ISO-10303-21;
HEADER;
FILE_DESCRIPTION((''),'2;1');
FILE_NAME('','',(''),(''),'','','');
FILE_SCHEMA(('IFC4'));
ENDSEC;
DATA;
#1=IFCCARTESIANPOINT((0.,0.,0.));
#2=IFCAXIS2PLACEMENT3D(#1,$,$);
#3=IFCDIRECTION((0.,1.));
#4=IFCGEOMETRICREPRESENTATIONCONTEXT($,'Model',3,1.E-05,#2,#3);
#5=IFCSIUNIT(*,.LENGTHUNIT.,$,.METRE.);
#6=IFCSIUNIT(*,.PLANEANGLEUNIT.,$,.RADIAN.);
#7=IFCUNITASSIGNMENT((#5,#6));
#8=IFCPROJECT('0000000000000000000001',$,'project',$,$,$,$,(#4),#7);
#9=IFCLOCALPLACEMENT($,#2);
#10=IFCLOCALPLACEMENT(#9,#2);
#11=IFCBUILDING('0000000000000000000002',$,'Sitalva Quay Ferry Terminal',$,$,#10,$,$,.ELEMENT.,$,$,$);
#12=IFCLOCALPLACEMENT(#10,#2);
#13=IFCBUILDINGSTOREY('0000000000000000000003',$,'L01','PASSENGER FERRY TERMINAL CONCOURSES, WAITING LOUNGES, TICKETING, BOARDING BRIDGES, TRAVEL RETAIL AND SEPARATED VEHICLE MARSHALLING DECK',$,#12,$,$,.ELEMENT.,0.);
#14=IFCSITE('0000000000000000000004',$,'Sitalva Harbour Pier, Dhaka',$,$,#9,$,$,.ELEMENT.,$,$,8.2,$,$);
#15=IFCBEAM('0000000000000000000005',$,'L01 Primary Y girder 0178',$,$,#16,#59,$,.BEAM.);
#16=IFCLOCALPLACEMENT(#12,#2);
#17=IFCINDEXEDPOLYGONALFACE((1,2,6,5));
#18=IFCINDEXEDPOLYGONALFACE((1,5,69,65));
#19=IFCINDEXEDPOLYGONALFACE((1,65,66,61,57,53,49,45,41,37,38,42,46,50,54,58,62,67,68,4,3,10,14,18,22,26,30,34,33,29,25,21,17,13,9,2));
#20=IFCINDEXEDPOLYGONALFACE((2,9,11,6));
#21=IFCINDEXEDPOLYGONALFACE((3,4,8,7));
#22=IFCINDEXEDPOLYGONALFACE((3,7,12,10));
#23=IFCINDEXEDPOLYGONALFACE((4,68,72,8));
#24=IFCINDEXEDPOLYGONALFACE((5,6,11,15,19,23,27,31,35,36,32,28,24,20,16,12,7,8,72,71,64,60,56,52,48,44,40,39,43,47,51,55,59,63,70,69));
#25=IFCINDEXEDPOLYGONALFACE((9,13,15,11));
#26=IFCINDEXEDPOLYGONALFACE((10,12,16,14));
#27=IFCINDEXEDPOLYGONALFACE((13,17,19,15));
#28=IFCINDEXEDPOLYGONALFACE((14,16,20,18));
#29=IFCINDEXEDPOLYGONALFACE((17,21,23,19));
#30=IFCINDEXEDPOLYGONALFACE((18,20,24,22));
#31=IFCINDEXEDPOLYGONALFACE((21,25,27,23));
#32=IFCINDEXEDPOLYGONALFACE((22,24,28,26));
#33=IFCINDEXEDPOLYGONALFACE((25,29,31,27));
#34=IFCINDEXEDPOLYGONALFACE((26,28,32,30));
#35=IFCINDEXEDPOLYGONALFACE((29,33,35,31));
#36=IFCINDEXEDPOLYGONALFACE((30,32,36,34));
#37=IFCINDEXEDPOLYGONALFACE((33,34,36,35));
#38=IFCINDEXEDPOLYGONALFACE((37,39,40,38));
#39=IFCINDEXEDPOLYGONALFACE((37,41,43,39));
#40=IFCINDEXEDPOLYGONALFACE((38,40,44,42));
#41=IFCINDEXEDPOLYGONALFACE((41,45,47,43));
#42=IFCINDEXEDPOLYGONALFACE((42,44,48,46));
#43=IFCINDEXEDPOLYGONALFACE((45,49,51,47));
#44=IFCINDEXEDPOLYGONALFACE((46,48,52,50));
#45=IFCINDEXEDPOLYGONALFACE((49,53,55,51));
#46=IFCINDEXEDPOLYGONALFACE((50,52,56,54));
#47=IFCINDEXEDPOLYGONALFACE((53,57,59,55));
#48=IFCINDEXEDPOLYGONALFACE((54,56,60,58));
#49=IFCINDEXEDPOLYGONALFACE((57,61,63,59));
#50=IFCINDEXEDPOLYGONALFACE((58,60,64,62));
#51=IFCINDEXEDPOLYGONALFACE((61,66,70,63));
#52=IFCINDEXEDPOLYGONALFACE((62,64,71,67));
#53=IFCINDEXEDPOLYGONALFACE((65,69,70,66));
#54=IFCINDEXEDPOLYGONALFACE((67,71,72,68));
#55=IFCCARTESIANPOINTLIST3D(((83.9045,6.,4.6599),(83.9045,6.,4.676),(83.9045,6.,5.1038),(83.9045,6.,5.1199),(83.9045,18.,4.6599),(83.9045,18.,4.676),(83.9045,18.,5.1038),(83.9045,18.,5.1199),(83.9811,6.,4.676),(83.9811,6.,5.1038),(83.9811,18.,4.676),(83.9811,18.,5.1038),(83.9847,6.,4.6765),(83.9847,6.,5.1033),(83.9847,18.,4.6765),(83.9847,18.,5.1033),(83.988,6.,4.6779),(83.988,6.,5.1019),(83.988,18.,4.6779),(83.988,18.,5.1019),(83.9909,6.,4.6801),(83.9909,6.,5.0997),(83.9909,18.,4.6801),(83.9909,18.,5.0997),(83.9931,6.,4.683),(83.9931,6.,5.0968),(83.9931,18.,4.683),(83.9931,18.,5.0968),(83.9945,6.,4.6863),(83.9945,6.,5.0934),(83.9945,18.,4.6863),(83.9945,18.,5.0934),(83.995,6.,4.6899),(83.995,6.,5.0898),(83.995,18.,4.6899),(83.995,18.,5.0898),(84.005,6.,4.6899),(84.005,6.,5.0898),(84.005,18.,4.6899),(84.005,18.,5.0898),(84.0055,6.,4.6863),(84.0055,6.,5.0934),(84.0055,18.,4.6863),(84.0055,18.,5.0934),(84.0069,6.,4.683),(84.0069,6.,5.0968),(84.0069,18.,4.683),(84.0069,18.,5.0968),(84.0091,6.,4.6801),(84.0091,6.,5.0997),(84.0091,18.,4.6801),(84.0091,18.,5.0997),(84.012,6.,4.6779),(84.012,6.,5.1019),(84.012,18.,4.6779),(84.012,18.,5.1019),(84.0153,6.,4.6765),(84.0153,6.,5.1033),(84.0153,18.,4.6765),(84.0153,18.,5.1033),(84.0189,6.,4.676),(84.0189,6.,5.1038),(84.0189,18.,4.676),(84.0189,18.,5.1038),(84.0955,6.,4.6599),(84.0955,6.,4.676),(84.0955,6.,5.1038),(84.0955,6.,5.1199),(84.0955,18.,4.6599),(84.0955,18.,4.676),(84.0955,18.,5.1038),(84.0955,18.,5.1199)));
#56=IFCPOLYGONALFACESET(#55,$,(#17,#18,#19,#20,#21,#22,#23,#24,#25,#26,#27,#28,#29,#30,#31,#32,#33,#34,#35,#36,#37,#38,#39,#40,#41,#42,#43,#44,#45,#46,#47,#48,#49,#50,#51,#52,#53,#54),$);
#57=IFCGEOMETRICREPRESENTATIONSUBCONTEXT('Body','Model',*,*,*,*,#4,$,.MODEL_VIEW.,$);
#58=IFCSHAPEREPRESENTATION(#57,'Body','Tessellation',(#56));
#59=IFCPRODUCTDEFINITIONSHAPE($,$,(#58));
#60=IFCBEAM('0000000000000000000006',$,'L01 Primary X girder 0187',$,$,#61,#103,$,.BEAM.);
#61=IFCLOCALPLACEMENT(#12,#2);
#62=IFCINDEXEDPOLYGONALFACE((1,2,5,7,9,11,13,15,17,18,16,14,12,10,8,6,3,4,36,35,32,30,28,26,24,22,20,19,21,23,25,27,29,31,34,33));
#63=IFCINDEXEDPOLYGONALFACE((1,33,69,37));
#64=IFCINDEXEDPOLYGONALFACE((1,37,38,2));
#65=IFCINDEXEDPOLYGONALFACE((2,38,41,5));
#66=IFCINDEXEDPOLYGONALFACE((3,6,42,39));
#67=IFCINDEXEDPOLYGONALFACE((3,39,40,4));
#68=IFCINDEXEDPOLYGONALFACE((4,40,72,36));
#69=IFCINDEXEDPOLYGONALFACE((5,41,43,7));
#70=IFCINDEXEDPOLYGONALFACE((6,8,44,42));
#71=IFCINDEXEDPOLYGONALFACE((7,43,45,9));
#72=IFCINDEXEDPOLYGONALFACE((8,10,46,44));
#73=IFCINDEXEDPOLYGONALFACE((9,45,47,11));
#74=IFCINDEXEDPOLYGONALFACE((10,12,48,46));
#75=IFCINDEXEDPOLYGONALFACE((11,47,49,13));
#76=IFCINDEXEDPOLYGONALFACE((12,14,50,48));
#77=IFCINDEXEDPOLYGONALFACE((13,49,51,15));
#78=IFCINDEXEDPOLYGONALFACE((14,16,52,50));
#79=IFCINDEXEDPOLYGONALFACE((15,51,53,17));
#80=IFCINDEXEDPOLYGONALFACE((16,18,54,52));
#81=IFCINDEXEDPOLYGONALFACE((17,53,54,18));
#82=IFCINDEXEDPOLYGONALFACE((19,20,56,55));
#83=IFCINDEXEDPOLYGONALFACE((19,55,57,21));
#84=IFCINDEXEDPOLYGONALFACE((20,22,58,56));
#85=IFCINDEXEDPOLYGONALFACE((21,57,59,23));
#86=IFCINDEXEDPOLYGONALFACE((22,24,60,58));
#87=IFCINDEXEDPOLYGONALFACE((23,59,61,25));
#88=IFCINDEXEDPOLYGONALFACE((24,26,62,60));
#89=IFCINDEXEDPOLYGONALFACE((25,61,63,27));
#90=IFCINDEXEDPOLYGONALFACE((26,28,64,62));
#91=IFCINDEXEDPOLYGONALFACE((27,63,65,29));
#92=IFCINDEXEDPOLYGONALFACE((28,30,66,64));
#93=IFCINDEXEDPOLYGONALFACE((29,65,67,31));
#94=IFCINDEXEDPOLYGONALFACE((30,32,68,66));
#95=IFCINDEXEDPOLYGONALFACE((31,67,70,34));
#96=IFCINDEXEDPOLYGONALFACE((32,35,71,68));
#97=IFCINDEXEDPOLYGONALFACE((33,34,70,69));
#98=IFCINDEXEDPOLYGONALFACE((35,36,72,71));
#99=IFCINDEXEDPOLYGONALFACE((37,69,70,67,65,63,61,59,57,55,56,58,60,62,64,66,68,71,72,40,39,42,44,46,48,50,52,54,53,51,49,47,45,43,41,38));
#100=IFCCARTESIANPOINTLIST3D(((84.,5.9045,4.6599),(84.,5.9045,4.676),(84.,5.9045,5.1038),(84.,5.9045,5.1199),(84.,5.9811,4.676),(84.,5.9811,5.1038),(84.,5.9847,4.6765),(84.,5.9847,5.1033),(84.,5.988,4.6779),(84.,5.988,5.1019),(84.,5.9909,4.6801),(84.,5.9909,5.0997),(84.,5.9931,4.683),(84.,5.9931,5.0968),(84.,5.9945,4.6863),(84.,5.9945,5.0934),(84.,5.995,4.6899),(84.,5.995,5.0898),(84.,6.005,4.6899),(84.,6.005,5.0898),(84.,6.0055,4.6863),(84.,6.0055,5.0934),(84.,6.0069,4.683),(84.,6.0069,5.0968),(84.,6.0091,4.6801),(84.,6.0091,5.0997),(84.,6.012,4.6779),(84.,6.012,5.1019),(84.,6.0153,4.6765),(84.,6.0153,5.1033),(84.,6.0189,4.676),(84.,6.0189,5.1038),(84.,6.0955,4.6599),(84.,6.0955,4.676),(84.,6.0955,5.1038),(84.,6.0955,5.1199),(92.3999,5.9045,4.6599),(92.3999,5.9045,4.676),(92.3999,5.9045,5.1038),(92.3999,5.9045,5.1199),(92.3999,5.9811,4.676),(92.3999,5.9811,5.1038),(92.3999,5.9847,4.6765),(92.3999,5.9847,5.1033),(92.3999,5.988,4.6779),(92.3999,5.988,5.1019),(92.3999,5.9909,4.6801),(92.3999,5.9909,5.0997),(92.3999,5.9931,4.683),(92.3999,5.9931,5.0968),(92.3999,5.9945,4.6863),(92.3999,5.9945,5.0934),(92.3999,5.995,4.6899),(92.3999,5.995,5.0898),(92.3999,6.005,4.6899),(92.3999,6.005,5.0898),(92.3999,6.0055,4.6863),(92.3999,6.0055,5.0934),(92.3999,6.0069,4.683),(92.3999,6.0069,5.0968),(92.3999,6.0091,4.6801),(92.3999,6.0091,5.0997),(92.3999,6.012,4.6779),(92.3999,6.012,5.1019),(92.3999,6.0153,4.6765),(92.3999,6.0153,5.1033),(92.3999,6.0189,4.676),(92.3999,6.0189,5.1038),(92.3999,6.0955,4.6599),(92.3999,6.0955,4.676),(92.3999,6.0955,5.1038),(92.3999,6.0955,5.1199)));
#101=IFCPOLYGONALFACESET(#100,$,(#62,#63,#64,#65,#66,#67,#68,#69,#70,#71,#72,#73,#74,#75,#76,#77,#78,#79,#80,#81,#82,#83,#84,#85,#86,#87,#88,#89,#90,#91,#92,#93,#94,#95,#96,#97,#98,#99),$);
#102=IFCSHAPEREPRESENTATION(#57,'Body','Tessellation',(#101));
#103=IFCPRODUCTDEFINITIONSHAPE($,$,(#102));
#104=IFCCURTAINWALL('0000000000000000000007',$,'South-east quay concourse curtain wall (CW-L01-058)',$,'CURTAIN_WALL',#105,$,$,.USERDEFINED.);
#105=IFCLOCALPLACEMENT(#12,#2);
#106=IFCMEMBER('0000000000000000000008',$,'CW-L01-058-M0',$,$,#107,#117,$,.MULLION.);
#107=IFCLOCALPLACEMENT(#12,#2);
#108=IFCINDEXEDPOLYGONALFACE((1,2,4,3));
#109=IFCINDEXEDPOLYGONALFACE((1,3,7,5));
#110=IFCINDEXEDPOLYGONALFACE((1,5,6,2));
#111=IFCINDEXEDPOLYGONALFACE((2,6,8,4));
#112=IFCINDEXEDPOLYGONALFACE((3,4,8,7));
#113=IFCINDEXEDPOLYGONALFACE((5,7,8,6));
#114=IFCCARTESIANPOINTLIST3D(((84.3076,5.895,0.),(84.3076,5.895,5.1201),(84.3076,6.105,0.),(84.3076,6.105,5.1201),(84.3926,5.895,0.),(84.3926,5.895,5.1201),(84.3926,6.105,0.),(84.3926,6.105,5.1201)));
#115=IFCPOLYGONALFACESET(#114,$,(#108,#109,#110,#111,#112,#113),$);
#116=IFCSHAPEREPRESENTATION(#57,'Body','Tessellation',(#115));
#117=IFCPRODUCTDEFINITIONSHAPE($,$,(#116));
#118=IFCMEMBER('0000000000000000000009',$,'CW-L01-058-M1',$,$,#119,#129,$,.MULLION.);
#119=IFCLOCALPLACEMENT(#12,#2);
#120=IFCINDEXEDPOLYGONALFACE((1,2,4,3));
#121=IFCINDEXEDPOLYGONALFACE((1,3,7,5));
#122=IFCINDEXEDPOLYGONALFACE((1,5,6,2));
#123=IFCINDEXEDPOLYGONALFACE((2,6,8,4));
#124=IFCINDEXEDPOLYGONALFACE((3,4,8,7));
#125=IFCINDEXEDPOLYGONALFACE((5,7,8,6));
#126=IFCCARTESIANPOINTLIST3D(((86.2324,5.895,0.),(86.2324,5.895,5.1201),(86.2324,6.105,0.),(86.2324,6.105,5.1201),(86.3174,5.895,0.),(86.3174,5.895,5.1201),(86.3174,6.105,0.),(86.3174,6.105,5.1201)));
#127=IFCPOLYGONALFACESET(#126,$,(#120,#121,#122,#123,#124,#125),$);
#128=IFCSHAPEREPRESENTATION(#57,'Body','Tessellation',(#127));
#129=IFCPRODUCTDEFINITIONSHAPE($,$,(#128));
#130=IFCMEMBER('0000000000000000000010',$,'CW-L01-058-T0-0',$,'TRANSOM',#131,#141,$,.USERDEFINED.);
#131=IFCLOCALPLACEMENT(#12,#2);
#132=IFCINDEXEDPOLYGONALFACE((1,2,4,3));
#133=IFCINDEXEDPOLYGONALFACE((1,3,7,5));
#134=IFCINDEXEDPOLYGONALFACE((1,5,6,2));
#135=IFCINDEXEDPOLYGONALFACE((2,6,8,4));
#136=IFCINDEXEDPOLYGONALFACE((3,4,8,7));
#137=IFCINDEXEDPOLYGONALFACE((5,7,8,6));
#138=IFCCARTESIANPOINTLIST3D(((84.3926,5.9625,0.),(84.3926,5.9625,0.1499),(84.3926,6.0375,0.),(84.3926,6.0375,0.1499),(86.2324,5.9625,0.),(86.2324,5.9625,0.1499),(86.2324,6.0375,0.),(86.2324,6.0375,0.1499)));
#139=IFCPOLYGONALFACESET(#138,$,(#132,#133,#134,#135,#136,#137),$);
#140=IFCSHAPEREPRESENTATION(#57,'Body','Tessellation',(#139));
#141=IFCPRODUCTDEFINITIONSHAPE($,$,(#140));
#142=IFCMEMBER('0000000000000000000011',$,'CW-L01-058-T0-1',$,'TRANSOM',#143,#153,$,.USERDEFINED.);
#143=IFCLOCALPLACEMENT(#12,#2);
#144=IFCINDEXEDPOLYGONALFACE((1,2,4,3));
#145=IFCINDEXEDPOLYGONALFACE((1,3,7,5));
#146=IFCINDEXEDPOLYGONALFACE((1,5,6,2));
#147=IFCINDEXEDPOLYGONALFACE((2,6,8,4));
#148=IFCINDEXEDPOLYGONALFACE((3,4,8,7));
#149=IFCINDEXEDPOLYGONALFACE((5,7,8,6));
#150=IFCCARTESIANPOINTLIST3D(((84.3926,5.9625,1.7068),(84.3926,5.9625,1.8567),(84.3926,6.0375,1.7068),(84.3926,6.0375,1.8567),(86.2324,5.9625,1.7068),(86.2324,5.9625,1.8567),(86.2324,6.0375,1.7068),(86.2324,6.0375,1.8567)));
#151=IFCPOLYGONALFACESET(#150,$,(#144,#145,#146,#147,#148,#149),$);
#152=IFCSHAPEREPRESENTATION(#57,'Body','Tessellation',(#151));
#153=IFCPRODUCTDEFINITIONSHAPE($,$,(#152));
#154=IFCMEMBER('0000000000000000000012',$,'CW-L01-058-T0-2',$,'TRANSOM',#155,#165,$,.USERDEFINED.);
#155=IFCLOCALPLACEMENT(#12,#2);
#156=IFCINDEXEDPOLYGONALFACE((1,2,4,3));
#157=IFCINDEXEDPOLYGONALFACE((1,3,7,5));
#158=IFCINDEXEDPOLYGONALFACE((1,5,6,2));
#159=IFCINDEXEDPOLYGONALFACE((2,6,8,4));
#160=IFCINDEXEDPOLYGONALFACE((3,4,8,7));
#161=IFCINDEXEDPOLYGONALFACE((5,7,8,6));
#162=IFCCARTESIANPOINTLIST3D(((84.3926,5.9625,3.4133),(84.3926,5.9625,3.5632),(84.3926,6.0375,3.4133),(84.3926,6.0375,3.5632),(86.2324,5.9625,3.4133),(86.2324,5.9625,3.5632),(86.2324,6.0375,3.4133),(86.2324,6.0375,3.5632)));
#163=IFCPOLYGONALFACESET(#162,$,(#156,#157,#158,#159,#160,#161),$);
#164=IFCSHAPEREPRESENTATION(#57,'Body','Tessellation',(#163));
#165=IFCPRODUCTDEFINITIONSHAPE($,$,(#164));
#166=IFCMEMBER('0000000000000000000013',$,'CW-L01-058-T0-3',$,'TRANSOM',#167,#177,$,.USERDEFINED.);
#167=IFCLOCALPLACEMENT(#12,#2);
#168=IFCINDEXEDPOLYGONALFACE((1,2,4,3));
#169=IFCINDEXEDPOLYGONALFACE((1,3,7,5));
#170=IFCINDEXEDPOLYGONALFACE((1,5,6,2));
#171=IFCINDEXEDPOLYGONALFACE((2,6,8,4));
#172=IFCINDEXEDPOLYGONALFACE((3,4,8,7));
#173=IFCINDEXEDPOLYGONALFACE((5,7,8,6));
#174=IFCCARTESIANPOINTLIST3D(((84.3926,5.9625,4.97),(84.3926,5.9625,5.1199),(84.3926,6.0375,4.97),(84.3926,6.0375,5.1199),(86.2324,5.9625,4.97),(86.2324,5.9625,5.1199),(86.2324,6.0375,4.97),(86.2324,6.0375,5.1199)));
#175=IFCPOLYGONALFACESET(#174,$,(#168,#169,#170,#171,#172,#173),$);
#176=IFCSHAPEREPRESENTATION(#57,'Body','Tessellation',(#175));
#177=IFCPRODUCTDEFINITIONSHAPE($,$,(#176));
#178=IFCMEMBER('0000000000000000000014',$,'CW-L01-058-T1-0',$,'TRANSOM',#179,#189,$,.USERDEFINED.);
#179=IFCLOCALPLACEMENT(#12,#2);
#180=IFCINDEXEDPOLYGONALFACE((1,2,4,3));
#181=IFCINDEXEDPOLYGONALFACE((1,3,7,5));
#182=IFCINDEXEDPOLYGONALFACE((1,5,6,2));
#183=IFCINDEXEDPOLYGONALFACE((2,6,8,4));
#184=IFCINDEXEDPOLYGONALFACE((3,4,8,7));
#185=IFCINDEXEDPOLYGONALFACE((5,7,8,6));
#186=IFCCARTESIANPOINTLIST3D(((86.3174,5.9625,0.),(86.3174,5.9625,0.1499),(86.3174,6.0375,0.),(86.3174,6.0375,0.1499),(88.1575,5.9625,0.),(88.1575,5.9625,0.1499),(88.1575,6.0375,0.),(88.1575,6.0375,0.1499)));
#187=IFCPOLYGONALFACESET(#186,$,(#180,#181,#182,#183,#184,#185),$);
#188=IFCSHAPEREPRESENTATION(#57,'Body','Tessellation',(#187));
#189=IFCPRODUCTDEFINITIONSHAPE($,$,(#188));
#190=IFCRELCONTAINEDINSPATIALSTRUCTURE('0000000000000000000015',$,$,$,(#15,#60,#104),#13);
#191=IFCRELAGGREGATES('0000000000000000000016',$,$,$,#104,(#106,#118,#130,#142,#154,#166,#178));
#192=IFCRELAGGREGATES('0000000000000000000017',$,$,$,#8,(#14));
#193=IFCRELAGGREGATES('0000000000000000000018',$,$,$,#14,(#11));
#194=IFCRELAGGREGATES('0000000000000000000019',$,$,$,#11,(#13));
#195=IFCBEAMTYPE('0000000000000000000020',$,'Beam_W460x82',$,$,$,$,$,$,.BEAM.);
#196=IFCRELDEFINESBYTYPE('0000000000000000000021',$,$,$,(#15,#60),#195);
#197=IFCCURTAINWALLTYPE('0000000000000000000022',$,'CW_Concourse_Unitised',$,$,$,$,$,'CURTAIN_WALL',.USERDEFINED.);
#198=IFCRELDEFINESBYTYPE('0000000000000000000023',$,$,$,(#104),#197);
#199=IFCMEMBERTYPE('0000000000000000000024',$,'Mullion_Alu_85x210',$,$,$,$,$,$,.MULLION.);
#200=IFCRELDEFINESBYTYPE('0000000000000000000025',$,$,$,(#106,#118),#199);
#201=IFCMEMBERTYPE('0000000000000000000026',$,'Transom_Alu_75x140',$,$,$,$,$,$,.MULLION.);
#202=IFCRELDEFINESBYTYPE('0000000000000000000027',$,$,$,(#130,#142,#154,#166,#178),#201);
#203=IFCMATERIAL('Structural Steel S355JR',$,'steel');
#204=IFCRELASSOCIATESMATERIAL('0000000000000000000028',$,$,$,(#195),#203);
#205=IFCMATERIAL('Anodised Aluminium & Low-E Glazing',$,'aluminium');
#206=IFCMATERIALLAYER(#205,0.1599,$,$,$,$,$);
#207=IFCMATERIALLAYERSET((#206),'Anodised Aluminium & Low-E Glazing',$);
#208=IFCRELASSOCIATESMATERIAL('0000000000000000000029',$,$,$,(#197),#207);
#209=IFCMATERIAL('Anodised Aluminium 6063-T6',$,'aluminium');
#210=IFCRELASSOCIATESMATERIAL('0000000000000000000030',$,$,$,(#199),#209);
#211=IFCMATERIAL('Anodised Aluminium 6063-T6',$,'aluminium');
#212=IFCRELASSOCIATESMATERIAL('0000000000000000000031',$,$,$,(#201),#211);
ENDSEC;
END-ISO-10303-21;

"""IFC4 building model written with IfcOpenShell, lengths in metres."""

from ifc_helpers import new_model, si_unit, direction, frame, origin, origin_2d, place, context, subcontext, project, spatial, rectangle, i_section, extrude, material, layer, layer_set, material_profile, profile_set, type_object, element, aggregate, save


model = new_model("IFC4")

# Units and contexts
model_context = context("Model", 3, precision=1e-05, world=origin(), true_north=direction((0.0, 1.0)))
body_context = subcontext(model_context, "Body", "Model", "MODEL_VIEW")
ifc_project = project(units=[si_unit("LENGTHUNIT", "METRE"), si_unit("PLANEANGLEUNIT", "RADIAN")], contexts=[model_context])

# Site, building, storey
site_placement = place(None, origin())
site = spatial("IfcSite", under=ifc_project, at=site_placement, Name="Sitalva Harbour Pier, Dhaka", CompositionType="ELEMENT", RefElevation=8.2)
building_placement = place(site_placement, origin())
building = spatial("IfcBuilding", under=site, at=building_placement, Name="Sitalva Quay Ferry Terminal", CompositionType="ELEMENT")
storey_placement = place(building_placement, origin())
storey = spatial("IfcBuildingStorey", under=building, at=storey_placement, Name="L01", Description="PASSENGER FERRY TERMINAL CONCOURSES, WAITING LOUNGES, TICKETING, BOARDING BRIDGES, TRAVEL RETAIL AND SEPARATED VEHICLE MARSHALLING DECK", CompositionType="ELEMENT", Elevation=0.0)

# Beams
ifc_material_1 = material(Name="Structural Steel S355JR", Category="steel")
ifc_material_profile_1 = material_profile(ifc_material_1, i_section(OverallWidth=0.1909, OverallDepth=0.46, WebThickness=0.01, FlangeThickness=0.0161, FilletRadius=0.0139, at=origin_2d()), Name="W460x82")
ifc_profile_set_1 = profile_set([ifc_material_profile_1], Name="Structural Steel S355JR")
beam_type = type_object("IfcBeamType", Name="Beam_W460x82", PredefinedType="BEAM", material=ifc_profile_set_1)
beam_1_placement = place(storey_placement, frame((84.0, 6.0, 4.8899), z_axis=(0.0, 1.0, 0.0), x_axis=(-1.0, 0.0, 0.0)))
element("IfcBeam", 1, at=beam_1_placement, inside=storey, type_object=beam_type, Name="L01 Primary Y girder 0178", PredefinedType="BEAM", context=body_context, shape_type="SweptSolid", body=[
    extrude(i_section(OverallWidth=0.1909, OverallDepth=0.46, WebThickness=0.01, FlangeThickness=0.0161, FilletRadius=0.0139, at=origin_2d()), origin(), (0.0, 0.0, 1.0), 12.0),
])
beam_2_placement = place(storey_placement, frame((84.0, 6.0, 4.8899), z_axis=(1.0, 0.0, 0.0), x_axis=(0.0, 1.0, 0.0)))
element("IfcBeam", 2, at=beam_2_placement, inside=storey, type_object=beam_type, Name="L01 Primary X girder 0187", PredefinedType="BEAM", context=body_context, shape_type="SweptSolid", body=[
    extrude(i_section(OverallWidth=0.1909, OverallDepth=0.46, WebThickness=0.01, FlangeThickness=0.0161, FilletRadius=0.0139, at=origin_2d()), origin(), (0.0, 0.0, 1.0), 8.3999),
])

# Curtain wall, members
ifc_material_2 = material(Name="Anodised Aluminium & Low-E Glazing", Category="aluminium")
ifc_layer_1 = layer(ifc_material_2, 0.1599)
ifc_layer_set_1 = layer_set([ifc_layer_1], Name="Anodised Aluminium & Low-E Glazing")
curtain_wall_type = type_object("IfcCurtainWallType", Name="CW_Concourse_Unitised", ElementType="CURTAIN_WALL", PredefinedType="USERDEFINED", material=ifc_layer_set_1)
curtain_wall_placement = place(storey_placement, origin())
curtain_wall = element("IfcCurtainWall", 3, at=curtain_wall_placement, inside=storey, type_object=curtain_wall_type, Name="South-east quay concourse curtain wall (CW-L01-058)", ObjectType="CURTAIN_WALL", PredefinedType="USERDEFINED")
ifc_material_3 = material(Name="Anodised Aluminium 6063-T6", Category="aluminium")
ifc_material_profile_2 = material_profile(ifc_material_3, rectangle(XDim=0.085, YDim=0.21, at=origin_2d()), Name="ALU85x210")
ifc_profile_set_2 = profile_set([ifc_material_profile_2], Name="Anodised Aluminium 6063-T6")
member_type_1 = type_object("IfcMemberType", Name="Mullion_Alu_85x210", PredefinedType="MULLION", material=ifc_profile_set_2)
member_1_placement = place(storey_placement, frame((84.3501, 6.0, 0.0), z_axis=(0.0, 0.0, 1.0), x_axis=(1.0, 0.0, 0.0)))
member_1 = element("IfcMember", 4, at=member_1_placement, type_object=member_type_1, Name="CW-L01-058-M0", PredefinedType="MULLION", context=body_context, shape_type="SweptSolid", body=[
    extrude(rectangle(XDim=0.085, YDim=0.21, at=origin_2d()), origin(), (0.0, 0.0, 1.0), 5.1201),
])
member_2_placement = place(storey_placement, frame((86.2749, 6.0, 0.0), z_axis=(0.0, 0.0, 1.0), x_axis=(1.0, 0.0, 0.0)))
member_2 = element("IfcMember", 5, at=member_2_placement, type_object=member_type_1, Name="CW-L01-058-M1", PredefinedType="MULLION", context=body_context, shape_type="SweptSolid", body=[
    extrude(rectangle(XDim=0.085, YDim=0.21, at=origin_2d()), origin(), (0.0, 0.0, 1.0), 5.1201),
])
ifc_material_4 = material(Name="Anodised Aluminium 6063-T6", Category="aluminium")
ifc_material_profile_3 = material_profile(ifc_material_4, rectangle(XDim=0.075, YDim=0.1499, at=origin_2d()), Name="ALU75x150")
ifc_profile_set_3 = profile_set([ifc_material_profile_3], Name="Anodised Aluminium 6063-T6")
member_type_2 = type_object("IfcMemberType", Name="Transom_Alu_75x140", PredefinedType="MULLION", material=ifc_profile_set_3)
member_3_placement = place(storey_placement, frame((84.3926, 6.0, 0.075), z_axis=(1.0, 0.0, 0.0), x_axis=(0.0, 1.0, 0.0)))
member_3 = element("IfcMember", 6, at=member_3_placement, type_object=member_type_2, Name="CW-L01-058-T0-0", ObjectType="TRANSOM", PredefinedType="USERDEFINED", context=body_context, shape_type="SweptSolid", body=[
    extrude(rectangle(XDim=0.075, YDim=0.1499, at=origin_2d()), origin(), (0.0, 0.0, 1.0), 1.8398),
])
member_4_placement = place(storey_placement, frame((84.3926, 6.0, 1.7817), z_axis=(1.0, 0.0, 0.0), x_axis=(0.0, 1.0, 0.0)))
member_4 = element("IfcMember", 7, at=member_4_placement, type_object=member_type_2, Name="CW-L01-058-T0-1", ObjectType="TRANSOM", PredefinedType="USERDEFINED", context=body_context, shape_type="SweptSolid", body=[
    extrude(rectangle(XDim=0.075, YDim=0.1499, at=origin_2d()), origin(), (0.0, 0.0, 1.0), 1.8398),
])
member_5_placement = place(storey_placement, frame((84.3926, 6.0, 3.4883), z_axis=(1.0, 0.0, 0.0), x_axis=(0.0, 1.0, 0.0)))
member_5 = element("IfcMember", 8, at=member_5_placement, type_object=member_type_2, Name="CW-L01-058-T0-2", ObjectType="TRANSOM", PredefinedType="USERDEFINED", context=body_context, shape_type="SweptSolid", body=[
    extrude(rectangle(XDim=0.075, YDim=0.1499, at=origin_2d()), origin(), (0.0, 0.0, 1.0), 1.8398),
])
member_6_placement = place(storey_placement, frame((84.3926, 6.0, 5.0449), z_axis=(1.0, 0.0, 0.0), x_axis=(0.0, 1.0, 0.0)))
member_6 = element("IfcMember", 9, at=member_6_placement, type_object=member_type_2, Name="CW-L01-058-T0-3", ObjectType="TRANSOM", PredefinedType="USERDEFINED", context=body_context, shape_type="SweptSolid", body=[
    extrude(rectangle(XDim=0.075, YDim=0.1499, at=origin_2d()), origin(), (0.0, 0.0, 1.0), 1.8398),
])
member_7_placement = place(storey_placement, frame((86.3174, 6.0, 0.075), z_axis=(1.0, 0.0, 0.0), x_axis=(0.0, 1.0, 0.0)))
member_7 = element("IfcMember", 10, at=member_7_placement, type_object=member_type_2, Name="CW-L01-058-T1-0", ObjectType="TRANSOM", PredefinedType="USERDEFINED", context=body_context, shape_type="SweptSolid", body=[
    extrude(rectangle(XDim=0.075, YDim=0.1499, at=origin_2d()), origin(), (0.0, 0.0, 1.0), 1.8401),
])
aggregate(curtain_wall, [member_1, member_2, member_3, member_4, member_5, member_6, member_7])

save(model, "model.ifc")
